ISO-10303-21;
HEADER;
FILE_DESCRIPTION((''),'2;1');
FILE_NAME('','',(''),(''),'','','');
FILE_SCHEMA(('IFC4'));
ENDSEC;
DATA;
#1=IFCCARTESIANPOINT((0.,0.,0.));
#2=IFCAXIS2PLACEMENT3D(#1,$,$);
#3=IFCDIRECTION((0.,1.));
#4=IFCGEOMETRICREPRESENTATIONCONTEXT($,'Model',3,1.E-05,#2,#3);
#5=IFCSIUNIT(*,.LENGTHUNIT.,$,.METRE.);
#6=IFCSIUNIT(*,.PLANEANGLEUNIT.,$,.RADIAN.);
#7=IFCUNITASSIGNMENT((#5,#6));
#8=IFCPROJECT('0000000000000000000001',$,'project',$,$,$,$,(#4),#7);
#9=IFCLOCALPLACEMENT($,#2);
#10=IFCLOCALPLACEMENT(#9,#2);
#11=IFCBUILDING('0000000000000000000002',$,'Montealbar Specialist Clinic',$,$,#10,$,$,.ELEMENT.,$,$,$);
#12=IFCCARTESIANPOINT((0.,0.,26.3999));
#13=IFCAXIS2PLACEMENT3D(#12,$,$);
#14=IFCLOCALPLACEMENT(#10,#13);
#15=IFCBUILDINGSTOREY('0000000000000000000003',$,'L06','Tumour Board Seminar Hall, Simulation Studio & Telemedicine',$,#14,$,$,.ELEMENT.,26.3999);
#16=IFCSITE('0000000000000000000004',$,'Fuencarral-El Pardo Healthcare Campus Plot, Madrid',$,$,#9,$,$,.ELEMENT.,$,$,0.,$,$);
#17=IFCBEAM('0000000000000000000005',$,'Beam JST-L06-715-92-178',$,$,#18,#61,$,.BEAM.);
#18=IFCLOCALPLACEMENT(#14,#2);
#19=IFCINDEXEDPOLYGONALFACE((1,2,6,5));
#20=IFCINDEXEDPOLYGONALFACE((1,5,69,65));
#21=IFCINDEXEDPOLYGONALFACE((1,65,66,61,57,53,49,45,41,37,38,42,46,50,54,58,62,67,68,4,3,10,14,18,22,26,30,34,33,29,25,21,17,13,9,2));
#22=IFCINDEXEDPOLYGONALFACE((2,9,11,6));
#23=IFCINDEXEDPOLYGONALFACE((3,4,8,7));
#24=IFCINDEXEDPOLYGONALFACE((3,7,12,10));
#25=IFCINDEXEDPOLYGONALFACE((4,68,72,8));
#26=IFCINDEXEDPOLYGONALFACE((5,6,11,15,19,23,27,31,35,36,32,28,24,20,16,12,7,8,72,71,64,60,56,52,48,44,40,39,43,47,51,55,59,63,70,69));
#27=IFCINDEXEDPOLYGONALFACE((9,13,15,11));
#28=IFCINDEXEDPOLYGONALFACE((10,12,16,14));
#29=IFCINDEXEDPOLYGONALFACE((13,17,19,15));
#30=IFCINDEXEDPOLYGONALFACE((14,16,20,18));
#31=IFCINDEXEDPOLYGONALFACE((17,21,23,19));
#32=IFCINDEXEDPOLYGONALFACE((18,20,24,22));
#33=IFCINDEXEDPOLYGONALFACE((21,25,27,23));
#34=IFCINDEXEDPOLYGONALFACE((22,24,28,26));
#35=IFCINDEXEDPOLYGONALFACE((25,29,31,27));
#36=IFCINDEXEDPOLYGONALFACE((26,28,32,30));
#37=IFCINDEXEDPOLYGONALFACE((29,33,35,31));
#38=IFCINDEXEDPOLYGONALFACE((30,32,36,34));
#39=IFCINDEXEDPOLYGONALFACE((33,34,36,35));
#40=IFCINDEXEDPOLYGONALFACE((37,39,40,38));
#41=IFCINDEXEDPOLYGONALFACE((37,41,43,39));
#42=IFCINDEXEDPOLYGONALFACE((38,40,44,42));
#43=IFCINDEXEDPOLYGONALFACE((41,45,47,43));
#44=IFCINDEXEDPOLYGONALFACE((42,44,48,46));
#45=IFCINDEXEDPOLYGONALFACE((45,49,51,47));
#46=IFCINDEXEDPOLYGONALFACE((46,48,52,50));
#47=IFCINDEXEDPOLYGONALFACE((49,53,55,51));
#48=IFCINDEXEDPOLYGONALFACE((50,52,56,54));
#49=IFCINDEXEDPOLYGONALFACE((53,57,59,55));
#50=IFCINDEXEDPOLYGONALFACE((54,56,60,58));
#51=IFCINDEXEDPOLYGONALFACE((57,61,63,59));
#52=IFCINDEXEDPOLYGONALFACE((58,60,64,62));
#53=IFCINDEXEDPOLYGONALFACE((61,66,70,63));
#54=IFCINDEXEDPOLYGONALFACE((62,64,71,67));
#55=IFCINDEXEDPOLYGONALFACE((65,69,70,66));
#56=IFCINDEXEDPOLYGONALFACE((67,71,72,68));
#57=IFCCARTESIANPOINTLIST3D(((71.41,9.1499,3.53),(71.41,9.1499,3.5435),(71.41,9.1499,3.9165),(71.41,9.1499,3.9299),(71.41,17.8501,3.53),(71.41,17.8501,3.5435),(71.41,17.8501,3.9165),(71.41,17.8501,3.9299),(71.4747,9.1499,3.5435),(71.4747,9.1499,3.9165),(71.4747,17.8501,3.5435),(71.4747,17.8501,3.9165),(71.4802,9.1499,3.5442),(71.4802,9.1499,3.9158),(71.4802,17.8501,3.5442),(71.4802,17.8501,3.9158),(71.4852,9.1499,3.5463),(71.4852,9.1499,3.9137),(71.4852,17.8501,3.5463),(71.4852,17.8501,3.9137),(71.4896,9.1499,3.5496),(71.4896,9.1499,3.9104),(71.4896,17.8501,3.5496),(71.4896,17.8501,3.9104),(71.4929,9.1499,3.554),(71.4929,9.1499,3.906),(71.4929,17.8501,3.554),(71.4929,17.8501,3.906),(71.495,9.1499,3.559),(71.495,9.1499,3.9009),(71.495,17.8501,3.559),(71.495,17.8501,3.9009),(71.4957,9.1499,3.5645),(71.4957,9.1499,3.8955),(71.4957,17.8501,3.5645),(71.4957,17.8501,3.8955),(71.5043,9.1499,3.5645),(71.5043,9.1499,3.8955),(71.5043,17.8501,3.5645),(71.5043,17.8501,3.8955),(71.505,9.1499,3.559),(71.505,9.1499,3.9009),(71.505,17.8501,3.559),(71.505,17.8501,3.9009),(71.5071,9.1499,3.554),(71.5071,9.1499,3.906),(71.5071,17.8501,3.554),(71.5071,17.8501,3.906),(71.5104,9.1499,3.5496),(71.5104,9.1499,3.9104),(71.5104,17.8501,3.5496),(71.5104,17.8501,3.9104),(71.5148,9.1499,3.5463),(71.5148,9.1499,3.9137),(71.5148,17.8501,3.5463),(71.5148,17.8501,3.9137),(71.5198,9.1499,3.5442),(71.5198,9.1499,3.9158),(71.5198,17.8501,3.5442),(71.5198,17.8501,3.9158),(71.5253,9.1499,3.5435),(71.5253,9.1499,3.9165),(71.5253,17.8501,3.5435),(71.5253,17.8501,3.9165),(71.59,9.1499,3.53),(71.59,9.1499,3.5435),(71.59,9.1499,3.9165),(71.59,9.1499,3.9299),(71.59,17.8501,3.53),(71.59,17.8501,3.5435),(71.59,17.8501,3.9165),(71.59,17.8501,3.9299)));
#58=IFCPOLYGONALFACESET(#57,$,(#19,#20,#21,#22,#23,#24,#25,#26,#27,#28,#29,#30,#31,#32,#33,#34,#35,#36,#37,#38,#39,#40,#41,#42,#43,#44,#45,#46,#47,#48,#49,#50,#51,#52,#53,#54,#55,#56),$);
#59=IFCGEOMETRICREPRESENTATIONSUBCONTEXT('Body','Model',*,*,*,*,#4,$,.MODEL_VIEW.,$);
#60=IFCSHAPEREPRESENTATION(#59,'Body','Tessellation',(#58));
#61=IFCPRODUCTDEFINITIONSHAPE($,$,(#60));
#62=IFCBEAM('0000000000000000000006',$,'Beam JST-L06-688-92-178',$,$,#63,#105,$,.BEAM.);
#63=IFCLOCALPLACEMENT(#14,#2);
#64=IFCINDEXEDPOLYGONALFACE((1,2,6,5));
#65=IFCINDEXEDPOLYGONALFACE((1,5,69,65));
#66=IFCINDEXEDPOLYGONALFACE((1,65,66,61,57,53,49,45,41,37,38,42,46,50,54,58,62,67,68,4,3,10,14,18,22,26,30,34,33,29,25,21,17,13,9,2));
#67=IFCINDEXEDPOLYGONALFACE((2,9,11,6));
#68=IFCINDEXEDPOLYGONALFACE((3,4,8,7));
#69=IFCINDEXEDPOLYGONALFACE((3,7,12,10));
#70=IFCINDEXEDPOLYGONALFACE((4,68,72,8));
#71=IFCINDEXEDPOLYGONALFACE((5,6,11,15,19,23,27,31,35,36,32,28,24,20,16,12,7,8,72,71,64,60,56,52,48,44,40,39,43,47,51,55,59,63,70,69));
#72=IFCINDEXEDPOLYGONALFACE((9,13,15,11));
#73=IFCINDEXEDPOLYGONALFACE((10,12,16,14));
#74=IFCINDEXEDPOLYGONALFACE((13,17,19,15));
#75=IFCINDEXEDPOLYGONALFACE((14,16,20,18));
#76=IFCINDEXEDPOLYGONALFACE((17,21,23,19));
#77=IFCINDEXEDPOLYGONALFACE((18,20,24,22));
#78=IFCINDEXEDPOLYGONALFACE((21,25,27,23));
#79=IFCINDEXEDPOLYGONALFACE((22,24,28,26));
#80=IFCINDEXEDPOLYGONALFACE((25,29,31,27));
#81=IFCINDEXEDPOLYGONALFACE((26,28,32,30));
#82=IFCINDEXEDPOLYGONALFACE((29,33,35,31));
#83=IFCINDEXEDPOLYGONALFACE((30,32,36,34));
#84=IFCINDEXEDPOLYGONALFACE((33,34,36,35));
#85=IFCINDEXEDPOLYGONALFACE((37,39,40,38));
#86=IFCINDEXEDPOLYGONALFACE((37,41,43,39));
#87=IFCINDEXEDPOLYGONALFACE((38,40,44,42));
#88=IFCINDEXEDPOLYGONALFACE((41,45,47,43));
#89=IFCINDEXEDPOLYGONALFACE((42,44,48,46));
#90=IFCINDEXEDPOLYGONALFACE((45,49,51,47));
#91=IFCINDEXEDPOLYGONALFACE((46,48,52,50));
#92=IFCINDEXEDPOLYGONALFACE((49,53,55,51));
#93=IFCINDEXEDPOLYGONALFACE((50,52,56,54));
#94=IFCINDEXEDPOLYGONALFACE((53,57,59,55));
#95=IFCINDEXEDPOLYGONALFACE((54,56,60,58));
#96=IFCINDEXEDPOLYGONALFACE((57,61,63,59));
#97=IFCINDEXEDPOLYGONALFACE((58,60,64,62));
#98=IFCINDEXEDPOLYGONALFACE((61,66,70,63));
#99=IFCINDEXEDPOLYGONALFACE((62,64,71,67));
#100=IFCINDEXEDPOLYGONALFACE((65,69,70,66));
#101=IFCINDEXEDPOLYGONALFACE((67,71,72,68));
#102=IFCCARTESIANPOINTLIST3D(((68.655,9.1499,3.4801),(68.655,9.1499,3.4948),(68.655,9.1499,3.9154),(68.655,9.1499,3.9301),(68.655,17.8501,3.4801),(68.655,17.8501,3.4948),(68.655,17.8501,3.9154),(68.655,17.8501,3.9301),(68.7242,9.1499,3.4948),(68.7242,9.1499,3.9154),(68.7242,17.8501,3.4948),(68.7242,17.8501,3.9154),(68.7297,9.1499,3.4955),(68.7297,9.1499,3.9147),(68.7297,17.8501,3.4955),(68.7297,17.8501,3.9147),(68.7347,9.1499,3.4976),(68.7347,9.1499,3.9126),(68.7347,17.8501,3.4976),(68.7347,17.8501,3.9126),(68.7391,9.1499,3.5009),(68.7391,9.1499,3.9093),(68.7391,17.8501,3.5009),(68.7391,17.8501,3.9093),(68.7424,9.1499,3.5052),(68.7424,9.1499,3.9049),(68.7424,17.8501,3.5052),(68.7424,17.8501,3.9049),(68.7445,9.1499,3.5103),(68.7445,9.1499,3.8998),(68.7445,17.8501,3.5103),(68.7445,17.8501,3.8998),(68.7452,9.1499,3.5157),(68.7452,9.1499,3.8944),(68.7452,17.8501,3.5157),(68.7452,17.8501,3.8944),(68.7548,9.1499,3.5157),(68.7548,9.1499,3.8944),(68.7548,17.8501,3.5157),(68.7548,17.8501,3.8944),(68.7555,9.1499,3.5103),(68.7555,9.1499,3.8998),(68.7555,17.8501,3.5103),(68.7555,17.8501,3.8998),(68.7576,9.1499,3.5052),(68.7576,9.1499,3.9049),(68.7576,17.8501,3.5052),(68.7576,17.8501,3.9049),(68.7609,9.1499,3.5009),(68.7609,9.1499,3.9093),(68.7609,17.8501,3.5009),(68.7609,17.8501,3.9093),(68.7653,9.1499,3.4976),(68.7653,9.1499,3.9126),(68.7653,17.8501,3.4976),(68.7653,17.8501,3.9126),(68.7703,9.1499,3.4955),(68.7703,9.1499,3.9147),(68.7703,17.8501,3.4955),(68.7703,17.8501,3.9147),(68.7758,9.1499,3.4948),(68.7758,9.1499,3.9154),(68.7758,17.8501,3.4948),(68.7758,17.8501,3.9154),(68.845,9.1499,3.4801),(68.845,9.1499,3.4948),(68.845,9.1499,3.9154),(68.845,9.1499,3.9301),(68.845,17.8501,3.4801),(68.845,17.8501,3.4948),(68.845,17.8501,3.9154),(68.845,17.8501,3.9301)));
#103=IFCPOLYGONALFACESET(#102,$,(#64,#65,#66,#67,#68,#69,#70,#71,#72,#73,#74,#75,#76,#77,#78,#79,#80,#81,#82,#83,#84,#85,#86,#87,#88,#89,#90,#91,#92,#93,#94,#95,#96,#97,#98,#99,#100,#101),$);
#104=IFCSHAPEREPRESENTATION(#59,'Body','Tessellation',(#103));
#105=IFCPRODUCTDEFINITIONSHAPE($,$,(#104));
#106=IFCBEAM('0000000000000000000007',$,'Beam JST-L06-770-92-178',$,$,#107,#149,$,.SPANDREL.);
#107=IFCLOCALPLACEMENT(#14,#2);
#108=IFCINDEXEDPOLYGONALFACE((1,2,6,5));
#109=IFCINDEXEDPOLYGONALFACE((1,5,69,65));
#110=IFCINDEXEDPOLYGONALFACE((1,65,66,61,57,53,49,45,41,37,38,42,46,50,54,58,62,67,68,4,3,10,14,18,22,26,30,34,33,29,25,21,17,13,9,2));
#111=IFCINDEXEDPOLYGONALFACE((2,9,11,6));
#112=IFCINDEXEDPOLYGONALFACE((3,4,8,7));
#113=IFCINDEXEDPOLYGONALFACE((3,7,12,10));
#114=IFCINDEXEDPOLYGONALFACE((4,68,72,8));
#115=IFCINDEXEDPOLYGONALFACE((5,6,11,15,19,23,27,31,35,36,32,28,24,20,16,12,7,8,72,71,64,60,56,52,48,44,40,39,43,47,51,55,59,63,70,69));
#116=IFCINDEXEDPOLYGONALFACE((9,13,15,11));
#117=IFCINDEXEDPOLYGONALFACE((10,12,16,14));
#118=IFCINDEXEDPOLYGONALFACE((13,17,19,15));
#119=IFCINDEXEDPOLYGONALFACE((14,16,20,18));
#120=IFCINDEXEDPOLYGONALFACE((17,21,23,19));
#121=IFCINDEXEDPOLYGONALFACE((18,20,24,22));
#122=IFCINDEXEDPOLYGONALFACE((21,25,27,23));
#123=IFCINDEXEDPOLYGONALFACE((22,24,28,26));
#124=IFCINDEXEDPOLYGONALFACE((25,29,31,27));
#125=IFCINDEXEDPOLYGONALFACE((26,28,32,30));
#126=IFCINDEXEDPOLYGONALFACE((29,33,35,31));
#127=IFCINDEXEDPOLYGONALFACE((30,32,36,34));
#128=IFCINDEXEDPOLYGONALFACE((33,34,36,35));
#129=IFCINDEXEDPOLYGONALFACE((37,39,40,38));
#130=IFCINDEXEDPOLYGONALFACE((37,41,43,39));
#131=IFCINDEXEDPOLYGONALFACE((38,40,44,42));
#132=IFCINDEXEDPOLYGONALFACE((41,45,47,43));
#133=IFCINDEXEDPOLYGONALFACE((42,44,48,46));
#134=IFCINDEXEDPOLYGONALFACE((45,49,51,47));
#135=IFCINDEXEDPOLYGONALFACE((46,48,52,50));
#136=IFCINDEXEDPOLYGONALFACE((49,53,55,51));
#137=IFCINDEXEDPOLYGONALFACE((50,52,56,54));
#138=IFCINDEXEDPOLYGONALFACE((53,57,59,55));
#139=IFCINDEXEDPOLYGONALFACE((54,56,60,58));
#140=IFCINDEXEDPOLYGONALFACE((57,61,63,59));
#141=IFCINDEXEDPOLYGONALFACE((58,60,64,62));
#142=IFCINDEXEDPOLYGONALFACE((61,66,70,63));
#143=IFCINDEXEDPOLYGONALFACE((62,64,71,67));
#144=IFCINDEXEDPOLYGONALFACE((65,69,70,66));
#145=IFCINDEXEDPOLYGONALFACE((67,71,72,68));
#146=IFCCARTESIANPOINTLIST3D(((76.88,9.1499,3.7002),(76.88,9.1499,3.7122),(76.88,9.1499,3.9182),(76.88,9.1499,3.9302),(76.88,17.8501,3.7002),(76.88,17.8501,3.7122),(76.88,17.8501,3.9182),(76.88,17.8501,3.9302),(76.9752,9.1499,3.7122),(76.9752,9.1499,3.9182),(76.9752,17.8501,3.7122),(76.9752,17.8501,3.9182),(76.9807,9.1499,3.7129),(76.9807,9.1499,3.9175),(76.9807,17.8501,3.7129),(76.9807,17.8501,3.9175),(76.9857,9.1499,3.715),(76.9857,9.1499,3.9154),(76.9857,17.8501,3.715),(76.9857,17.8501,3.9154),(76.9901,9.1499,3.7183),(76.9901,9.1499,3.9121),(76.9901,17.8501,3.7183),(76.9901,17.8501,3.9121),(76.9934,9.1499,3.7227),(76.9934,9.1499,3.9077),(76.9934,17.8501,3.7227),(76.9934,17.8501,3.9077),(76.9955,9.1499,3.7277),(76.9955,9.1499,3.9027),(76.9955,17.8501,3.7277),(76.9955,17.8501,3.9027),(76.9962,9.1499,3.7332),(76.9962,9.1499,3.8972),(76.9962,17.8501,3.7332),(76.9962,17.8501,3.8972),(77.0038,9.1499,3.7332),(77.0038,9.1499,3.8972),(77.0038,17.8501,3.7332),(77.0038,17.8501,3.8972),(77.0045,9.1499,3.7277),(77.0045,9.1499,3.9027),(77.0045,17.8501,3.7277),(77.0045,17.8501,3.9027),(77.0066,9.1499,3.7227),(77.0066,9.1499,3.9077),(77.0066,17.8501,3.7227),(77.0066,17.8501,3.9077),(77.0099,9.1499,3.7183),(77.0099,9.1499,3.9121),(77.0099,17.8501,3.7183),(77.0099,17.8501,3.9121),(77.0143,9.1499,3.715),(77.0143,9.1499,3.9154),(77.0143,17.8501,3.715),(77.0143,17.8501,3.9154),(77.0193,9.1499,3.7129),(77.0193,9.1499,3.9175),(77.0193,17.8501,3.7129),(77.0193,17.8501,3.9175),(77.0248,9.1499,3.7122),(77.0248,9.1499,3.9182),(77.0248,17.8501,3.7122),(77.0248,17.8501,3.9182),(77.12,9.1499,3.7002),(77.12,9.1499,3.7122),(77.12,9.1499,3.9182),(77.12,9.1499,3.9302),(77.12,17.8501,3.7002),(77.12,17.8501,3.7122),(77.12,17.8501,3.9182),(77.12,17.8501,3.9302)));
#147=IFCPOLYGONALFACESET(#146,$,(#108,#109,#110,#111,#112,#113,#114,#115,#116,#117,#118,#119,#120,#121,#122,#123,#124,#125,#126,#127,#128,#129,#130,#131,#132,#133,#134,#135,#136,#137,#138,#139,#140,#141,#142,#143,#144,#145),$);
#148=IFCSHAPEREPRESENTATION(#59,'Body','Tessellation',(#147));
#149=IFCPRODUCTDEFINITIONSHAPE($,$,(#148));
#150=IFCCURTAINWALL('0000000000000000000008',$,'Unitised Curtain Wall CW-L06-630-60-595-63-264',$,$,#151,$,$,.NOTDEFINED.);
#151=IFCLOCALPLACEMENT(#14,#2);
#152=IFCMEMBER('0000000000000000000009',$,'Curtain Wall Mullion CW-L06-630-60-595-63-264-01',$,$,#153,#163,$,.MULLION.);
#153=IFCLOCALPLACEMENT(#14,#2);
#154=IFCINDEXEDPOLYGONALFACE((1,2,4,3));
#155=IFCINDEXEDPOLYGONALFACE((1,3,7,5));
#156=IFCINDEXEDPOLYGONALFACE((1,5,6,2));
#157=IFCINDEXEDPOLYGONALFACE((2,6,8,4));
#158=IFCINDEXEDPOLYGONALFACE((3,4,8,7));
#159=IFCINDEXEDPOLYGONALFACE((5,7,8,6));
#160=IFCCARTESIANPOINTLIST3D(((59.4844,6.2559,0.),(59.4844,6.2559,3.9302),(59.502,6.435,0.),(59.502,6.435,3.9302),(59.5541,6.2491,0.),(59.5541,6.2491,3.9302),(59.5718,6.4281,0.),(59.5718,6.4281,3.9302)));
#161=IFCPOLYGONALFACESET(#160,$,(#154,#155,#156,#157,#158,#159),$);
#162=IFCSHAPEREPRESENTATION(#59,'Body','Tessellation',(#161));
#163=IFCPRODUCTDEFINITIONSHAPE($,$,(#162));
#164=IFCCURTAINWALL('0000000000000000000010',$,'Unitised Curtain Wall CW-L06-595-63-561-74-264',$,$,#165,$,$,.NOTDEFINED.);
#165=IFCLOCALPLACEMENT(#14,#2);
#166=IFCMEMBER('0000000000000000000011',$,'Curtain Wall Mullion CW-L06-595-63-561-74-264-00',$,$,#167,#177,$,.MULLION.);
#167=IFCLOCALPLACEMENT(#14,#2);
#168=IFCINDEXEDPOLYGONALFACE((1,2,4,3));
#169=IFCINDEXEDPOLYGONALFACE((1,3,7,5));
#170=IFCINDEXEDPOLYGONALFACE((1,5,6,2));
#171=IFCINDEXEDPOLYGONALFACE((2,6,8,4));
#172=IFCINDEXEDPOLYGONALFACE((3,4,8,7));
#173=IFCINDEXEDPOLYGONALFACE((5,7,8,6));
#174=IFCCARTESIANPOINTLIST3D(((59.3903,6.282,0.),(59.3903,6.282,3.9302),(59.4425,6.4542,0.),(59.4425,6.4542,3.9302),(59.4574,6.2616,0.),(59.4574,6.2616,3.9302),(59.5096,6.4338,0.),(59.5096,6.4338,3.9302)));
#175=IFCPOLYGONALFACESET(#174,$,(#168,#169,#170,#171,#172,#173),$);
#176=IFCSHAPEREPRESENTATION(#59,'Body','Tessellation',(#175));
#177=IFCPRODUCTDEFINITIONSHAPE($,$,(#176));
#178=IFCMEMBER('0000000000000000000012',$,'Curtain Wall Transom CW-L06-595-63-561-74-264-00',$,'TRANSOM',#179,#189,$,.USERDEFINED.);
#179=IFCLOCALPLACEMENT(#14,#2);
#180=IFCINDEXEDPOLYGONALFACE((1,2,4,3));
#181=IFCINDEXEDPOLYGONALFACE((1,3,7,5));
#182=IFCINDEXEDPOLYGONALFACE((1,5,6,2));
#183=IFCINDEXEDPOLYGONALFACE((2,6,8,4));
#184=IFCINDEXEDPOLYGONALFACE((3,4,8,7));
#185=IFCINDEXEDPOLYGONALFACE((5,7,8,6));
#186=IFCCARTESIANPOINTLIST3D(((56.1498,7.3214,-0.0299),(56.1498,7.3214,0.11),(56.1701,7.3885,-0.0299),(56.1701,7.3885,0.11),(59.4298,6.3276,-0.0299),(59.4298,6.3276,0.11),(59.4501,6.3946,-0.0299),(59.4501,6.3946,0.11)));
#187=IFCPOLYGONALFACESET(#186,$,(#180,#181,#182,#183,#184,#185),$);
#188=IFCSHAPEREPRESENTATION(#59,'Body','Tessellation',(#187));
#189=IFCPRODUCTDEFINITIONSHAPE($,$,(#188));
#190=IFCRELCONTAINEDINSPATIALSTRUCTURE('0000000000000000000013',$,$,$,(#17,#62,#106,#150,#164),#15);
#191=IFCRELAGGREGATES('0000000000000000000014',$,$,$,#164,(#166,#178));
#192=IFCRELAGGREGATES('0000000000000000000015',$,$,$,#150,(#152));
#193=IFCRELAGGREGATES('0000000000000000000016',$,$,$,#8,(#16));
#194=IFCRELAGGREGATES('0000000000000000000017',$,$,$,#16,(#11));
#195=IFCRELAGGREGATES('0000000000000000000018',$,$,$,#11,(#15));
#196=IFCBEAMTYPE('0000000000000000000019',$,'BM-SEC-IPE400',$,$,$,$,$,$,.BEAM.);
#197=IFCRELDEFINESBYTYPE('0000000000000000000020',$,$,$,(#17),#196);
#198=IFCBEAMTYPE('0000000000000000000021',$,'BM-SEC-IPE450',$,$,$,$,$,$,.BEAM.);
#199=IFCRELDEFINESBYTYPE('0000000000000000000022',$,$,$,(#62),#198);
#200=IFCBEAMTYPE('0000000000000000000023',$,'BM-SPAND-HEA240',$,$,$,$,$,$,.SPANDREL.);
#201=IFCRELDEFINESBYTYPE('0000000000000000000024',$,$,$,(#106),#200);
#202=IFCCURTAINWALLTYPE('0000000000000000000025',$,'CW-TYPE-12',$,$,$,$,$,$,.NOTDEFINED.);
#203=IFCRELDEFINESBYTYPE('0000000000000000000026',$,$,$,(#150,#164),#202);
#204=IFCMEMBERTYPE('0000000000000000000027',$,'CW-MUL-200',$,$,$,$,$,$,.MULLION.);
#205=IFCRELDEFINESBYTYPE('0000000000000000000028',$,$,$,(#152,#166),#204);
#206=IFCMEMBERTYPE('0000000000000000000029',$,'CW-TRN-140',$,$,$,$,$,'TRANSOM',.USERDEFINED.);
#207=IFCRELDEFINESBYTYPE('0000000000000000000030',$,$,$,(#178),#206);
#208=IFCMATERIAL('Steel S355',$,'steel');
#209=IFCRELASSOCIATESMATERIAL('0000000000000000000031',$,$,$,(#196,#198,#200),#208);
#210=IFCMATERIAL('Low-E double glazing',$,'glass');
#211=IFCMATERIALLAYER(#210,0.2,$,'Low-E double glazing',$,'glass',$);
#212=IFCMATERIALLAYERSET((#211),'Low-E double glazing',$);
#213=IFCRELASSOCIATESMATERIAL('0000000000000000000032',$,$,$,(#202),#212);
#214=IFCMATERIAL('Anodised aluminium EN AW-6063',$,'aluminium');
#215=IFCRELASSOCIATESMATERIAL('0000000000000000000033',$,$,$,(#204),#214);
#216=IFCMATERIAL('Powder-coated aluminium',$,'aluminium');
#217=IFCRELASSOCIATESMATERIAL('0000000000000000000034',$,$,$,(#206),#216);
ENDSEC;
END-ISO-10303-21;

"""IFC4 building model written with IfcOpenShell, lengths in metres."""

from ifc_helpers import new_model, si_unit, direction, frame, origin, origin_2d, place, context, subcontext, project, spatial, rectangle, i_section, extrude, material, layer, layer_set, material_profile, profile_set, type_object, element, aggregate, save


model = new_model("IFC4")

# Units and contexts
model_context = context("Model", 3, precision=1e-05, world=origin(), true_north=direction((0.0, 1.0)))
body_context = subcontext(model_context, "Body", "Model", "MODEL_VIEW")
ifc_project = project(units=[si_unit("LENGTHUNIT", "METRE"), si_unit("PLANEANGLEUNIT", "RADIAN")], contexts=[model_context])

# Site, building, storey
site_placement = place(None, origin())
site = spatial("IfcSite", under=ifc_project, at=site_placement, Name="Fuencarral-El Pardo Healthcare Campus Plot, Madrid", CompositionType="ELEMENT", RefElevation=0.0)
building_placement = place(site_placement, origin())
building = spatial("IfcBuilding", under=site, at=building_placement, Name="Montealbar Specialist Clinic", CompositionType="ELEMENT")
storey_placement = place(building_placement, frame((0.0, 0.0, 26.3999)))
storey = spatial("IfcBuildingStorey", under=building, at=storey_placement, Name="L06", Description="Tumour Board Seminar Hall, Simulation Studio & Telemedicine", CompositionType="ELEMENT", Elevation=26.3999)

# Shared definitions
ifc_material_1 = material(Name="Steel S355", Category="steel")

# Beams
ifc_material_profile_1 = material_profile(ifc_material_1, i_section(OverallWidth=0.1799, OverallDepth=0.3999, WebThickness=0.0085, FlangeThickness=0.0134, FilletRadius=0.021, at=origin_2d()), Name="IPE 400", Category="steel")
ifc_profile_set_1 = profile_set([ifc_material_profile_1], Name="Steel S355")
beam_type_1 = type_object("IfcBeamType", Name="BM-SEC-IPE400", PredefinedType="BEAM", material=ifc_profile_set_1)
beam_1_placement = place(storey_placement, frame((71.5, 9.1499, 3.73), z_axis=(0.0, 1.0, 0.0), x_axis=(-1.0, 0.0, 0.0)))
element("IfcBeam", 1, at=beam_1_placement, inside=storey, type_object=beam_type_1, Name="Beam JST-L06-715-92-178", PredefinedType="BEAM", context=body_context, shape_type="SweptSolid", body=[
    extrude(i_section(OverallWidth=0.1799, OverallDepth=0.3999, WebThickness=0.0085, FlangeThickness=0.0134, FilletRadius=0.021, at=origin_2d()), origin(), (0.0, 0.0, 1.0), 8.7002),
])
ifc_material_profile_2 = material_profile(ifc_material_1, i_section(OverallWidth=0.1899, OverallDepth=0.45, WebThickness=0.0095, FlangeThickness=0.0146, FilletRadius=0.021, at=origin_2d()), Name="IPE 450", Category="steel")
ifc_profile_set_2 = profile_set([ifc_material_profile_2], Name="Steel S355")
beam_type_2 = type_object("IfcBeamType", Name="BM-SEC-IPE450", PredefinedType="BEAM", material=ifc_profile_set_2)
beam_2_placement = place(storey_placement, frame((68.75, 9.1499, 3.7051), z_axis=(0.0, 1.0, 0.0), x_axis=(-1.0, 0.0, 0.0)))
element("IfcBeam", 2, at=beam_2_placement, inside=storey, type_object=beam_type_2, Name="Beam JST-L06-688-92-178", PredefinedType="BEAM", context=body_context, shape_type="SweptSolid", body=[
    extrude(i_section(OverallWidth=0.1899, OverallDepth=0.45, WebThickness=0.0095, FlangeThickness=0.0146, FilletRadius=0.021, at=origin_2d()), origin(), (0.0, 0.0, 1.0), 8.7002),
])
ifc_material_profile_3 = material_profile(ifc_material_1, i_section(OverallWidth=0.24, OverallDepth=0.23, WebThickness=0.0076, FlangeThickness=0.012, FilletRadius=0.021, at=origin_2d()), Name="HEA 240", Category="steel")
ifc_profile_set_3 = profile_set([ifc_material_profile_3], Name="Steel S355")
beam_type_3 = type_object("IfcBeamType", Name="BM-SPAND-HEA240", PredefinedType="SPANDREL", material=ifc_profile_set_3)
beam_3_placement = place(storey_placement, frame((77.0, 9.1499, 3.8152), z_axis=(0.0, 1.0, 0.0), x_axis=(-1.0, 0.0, 0.0)))
element("IfcBeam", 3, at=beam_3_placement, inside=storey, type_object=beam_type_3, Name="Beam JST-L06-770-92-178", PredefinedType="SPANDREL", context=body_context, shape_type="SweptSolid", body=[
    extrude(i_section(OverallWidth=0.24, OverallDepth=0.23, WebThickness=0.0076, FlangeThickness=0.012, FilletRadius=0.021, at=origin_2d()), origin(), (0.0, 0.0, 1.0), 8.7002),
])

# Curtain wall, member
ifc_material_2 = material(Name="Low-E double glazing", Category="glass")
ifc_layer_1 = layer(ifc_material_2, 0.2, Name="Low-E double glazing", Category="glass")
ifc_layer_set_1 = layer_set([ifc_layer_1], Name="Low-E double glazing")
curtain_wall_type = type_object("IfcCurtainWallType", Name="CW-TYPE-12", PredefinedType="NOTDEFINED", material=ifc_layer_set_1)
curtain_wall_1_placement = place(storey_placement, origin())
curtain_wall_1 = element("IfcCurtainWall", 4, at=curtain_wall_1_placement, inside=storey, type_object=curtain_wall_type, Name="Unitised Curtain Wall CW-L06-630-60-595-63-264", PredefinedType="NOTDEFINED")
ifc_material_3 = material(Name="Anodised aluminium EN AW-6063", Category="aluminium")
ifc_material_profile_4 = material_profile(ifc_material_3, rectangle(XDim=0.0701, YDim=0.1799, at=origin_2d()), Name="ALU 70x180", Category="aluminium")
ifc_profile_set_4 = profile_set([ifc_material_profile_4], Name="Anodised aluminium EN AW-6063")
member_type_1 = type_object("IfcMemberType", Name="CW-MUL-200", PredefinedType="MULLION", material=ifc_profile_set_4)
member_1_placement = place(storey_placement, frame((59.5281, 6.342, 0.0), z_axis=(0.0, 0.0, 1.0), x_axis=(-0.995182, 0.098045, 0.0)))
member_1 = element("IfcMember", 5, at=member_1_placement, type_object=member_type_1, Name="Curtain Wall Mullion CW-L06-630-60-595-63-264-01", PredefinedType="MULLION", context=body_context, shape_type="SweptSolid", body=[
    extrude(rectangle(XDim=0.0701, YDim=0.1799, at=origin_2d()), origin(), (0.0, 0.0, 1.0), 3.9302),
])

# Curtain wall, members
curtain_wall_2_placement = place(storey_placement, origin())
curtain_wall_2 = element("IfcCurtainWall", 6, at=curtain_wall_2_placement, inside=storey, type_object=curtain_wall_type, Name="Unitised Curtain Wall CW-L06-595-63-561-74-264", PredefinedType="NOTDEFINED")
member_2_placement = place(storey_placement, frame((59.45, 6.3579, 0.0), z_axis=(0.0, 0.0, 1.0), x_axis=(-0.956948, 0.290259, 0.0)))
member_2 = element("IfcMember", 7, at=member_2_placement, type_object=member_type_1, Name="Curtain Wall Mullion CW-L06-595-63-561-74-264-00", PredefinedType="MULLION", context=body_context, shape_type="SweptSolid", body=[
    extrude(rectangle(XDim=0.0701, YDim=0.1799, at=origin_2d()), origin(), (0.0, 0.0, 1.0), 3.9302),
])
ifc_material_4 = material(Name="Powder-coated aluminium", Category="aluminium")
ifc_material_profile_5 = material_profile(ifc_material_4, rectangle(XDim=0.0701, YDim=0.1399, at=origin_2d()), Name="ALU 70x140", Category="aluminium")
ifc_profile_set_5 = profile_set([ifc_material_profile_5], Name="Powder-coated aluminium")
member_type_2 = type_object("IfcMemberType", Name="CW-TRN-140", ElementType="TRANSOM", PredefinedType="USERDEFINED", material=ifc_profile_set_5)
member_3_placement = place(storey_placement, frame((59.4399, 6.3611, 0.04), z_axis=(-0.957029, 0.289994, 0.0), x_axis=(-0.289994, -0.957029, 0.0)))
member_3 = element("IfcMember", 8, at=member_3_placement, type_object=member_type_2, Name="Curtain Wall Transom CW-L06-595-63-561-74-264-00", ObjectType="TRANSOM", PredefinedType="USERDEFINED", context=body_context, shape_type="SweptSolid", body=[
    extrude(rectangle(XDim=0.0701, YDim=0.1399, at=origin_2d()), origin(), (0.0, 0.0, 1.0), 3.4272),
])
aggregate(curtain_wall_2, [member_2, member_3])

aggregate(curtain_wall_1, [member_1])

save(model, "model.ifc")
